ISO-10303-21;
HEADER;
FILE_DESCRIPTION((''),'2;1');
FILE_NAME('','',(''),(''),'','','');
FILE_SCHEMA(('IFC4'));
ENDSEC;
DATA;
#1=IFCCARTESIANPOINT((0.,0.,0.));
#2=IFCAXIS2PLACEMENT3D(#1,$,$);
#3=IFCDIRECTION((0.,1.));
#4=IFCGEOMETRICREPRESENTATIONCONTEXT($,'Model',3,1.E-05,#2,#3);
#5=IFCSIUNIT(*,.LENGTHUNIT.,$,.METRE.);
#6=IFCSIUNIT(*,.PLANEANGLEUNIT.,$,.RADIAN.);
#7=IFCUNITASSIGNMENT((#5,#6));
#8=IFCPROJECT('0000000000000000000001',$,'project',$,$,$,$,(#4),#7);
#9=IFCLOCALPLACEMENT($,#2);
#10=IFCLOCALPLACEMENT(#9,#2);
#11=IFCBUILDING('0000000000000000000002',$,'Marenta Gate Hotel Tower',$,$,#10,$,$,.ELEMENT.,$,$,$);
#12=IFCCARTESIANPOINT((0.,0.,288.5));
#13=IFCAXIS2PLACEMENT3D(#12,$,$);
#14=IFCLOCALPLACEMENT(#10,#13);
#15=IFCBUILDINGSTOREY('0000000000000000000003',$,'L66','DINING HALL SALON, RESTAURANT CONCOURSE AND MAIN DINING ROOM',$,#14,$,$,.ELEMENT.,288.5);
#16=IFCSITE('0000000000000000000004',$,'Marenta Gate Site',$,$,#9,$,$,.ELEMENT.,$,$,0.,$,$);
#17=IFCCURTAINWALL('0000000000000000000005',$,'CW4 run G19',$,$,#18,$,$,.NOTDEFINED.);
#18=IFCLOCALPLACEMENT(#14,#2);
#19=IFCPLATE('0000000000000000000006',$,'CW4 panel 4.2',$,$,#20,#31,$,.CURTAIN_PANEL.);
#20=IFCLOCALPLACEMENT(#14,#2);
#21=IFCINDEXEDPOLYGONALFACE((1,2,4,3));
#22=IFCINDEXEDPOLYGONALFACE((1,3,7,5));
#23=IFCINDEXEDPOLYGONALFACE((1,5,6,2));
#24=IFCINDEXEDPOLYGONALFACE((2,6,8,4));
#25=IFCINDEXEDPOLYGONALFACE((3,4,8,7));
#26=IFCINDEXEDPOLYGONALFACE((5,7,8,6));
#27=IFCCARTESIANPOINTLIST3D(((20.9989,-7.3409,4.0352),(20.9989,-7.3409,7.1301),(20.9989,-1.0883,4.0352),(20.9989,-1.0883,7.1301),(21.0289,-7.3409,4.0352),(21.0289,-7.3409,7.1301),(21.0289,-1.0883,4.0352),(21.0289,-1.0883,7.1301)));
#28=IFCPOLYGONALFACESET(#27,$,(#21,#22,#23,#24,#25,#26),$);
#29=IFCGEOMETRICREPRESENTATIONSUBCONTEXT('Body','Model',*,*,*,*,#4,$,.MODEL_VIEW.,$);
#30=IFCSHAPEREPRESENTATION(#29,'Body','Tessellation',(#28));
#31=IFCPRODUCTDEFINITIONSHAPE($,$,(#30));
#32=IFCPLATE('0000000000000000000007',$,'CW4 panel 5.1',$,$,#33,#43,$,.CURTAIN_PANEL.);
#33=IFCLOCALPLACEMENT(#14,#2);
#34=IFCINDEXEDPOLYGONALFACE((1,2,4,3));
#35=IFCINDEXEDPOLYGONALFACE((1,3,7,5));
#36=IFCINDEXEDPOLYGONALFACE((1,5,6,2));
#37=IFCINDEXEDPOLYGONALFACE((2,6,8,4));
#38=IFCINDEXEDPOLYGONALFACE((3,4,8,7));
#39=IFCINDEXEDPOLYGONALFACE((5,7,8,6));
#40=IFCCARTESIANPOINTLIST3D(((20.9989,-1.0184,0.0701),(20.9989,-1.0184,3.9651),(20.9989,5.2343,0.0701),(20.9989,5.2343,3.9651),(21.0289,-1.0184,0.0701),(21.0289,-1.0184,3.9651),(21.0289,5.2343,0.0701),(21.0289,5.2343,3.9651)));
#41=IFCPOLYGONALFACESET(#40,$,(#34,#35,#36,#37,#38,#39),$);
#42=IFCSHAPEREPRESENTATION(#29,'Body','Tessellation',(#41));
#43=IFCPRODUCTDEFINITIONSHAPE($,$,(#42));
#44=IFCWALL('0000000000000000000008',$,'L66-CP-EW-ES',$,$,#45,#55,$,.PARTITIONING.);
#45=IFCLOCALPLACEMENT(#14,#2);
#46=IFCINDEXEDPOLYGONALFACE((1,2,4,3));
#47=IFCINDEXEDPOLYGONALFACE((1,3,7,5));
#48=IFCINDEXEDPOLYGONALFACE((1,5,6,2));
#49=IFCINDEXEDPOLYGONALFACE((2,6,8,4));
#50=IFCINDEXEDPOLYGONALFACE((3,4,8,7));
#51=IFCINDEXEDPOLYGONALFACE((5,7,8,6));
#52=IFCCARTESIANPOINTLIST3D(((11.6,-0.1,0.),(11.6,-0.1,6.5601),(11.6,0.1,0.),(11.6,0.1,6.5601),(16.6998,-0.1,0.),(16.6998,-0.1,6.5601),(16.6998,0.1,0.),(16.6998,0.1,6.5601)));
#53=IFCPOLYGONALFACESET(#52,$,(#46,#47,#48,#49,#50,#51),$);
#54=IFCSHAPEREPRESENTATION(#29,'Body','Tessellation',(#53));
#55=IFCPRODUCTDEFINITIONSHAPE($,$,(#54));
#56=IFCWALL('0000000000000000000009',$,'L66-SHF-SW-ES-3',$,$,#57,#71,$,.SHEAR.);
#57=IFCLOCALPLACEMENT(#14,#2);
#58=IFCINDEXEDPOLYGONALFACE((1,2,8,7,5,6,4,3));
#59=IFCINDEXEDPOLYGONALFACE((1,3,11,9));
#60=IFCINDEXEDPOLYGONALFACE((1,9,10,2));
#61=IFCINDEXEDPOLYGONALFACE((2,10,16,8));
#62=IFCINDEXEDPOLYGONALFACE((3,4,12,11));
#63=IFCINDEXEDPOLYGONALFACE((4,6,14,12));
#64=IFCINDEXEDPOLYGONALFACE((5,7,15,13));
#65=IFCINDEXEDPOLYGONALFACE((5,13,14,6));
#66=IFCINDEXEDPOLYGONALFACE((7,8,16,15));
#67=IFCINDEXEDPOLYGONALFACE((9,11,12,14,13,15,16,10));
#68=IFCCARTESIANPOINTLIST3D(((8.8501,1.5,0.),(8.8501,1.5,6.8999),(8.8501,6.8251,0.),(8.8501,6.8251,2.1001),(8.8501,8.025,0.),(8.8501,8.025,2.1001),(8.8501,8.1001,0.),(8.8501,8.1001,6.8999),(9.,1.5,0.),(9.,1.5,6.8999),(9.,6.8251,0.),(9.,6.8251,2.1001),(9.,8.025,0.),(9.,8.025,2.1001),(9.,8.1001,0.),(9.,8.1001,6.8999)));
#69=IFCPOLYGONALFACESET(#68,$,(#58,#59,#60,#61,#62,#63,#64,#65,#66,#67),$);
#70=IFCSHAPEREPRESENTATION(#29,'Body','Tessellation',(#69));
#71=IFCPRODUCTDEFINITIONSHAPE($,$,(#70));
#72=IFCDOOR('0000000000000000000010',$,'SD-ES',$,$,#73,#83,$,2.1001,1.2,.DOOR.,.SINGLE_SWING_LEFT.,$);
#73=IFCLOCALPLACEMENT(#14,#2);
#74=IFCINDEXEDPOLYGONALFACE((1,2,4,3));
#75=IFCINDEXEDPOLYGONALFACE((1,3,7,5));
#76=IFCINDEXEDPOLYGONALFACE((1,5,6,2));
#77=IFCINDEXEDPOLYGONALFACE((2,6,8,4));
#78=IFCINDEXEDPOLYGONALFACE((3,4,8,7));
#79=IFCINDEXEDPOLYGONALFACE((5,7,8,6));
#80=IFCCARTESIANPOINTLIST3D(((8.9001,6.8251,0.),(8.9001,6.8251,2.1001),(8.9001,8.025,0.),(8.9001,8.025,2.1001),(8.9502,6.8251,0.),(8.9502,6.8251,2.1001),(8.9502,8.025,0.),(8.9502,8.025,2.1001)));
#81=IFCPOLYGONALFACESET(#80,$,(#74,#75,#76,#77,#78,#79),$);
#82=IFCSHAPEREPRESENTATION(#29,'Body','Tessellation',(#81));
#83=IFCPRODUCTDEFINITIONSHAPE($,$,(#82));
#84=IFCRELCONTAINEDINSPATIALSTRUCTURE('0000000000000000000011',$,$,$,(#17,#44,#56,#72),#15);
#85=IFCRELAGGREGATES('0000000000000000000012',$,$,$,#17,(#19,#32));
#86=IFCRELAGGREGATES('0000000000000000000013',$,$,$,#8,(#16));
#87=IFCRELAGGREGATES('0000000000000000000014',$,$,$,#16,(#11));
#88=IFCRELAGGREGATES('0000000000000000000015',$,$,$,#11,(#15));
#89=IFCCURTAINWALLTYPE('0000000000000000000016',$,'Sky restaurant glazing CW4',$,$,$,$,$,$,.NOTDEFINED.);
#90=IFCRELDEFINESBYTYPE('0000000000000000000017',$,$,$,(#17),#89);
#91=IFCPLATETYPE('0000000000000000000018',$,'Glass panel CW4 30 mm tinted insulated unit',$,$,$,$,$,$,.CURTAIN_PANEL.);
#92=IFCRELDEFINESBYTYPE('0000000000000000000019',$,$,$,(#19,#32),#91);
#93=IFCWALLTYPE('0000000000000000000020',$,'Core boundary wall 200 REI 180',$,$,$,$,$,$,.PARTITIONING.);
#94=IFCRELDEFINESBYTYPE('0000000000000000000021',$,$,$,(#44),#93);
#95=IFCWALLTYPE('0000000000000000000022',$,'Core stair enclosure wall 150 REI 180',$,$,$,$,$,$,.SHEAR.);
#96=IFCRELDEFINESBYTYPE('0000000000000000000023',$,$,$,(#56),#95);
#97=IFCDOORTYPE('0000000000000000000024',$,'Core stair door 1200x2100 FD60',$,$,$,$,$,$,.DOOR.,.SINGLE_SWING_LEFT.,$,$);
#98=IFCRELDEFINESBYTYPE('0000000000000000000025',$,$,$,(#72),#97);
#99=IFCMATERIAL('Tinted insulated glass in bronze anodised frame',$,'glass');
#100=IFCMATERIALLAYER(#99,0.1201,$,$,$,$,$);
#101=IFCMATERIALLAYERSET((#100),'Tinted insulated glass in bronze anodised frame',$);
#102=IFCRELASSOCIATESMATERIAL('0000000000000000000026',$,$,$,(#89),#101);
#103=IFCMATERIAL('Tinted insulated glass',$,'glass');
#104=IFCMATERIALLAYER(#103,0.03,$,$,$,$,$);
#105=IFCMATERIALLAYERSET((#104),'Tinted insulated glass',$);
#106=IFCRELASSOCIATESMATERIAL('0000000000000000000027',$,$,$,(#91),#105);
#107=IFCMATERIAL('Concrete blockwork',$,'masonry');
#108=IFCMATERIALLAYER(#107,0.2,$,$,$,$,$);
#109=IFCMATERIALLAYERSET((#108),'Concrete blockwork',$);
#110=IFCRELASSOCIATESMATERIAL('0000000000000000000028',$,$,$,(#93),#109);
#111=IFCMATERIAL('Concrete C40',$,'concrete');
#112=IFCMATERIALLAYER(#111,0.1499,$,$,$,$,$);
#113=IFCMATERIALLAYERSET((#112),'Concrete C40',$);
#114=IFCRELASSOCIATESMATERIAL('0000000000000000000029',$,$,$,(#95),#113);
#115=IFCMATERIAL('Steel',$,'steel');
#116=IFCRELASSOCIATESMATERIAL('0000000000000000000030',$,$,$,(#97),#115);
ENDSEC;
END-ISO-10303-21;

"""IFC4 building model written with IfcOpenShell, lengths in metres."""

from ifc_helpers import new_model, si_unit, direction, frame, frame_2d, origin, origin_2d, place, context, subcontext, project, spatial, rectangle, extrude, material, layer, layer_set, type_object, element, fill, aggregate, save


model = new_model("IFC4")

# Units and contexts
model_context = context("Model", 3, precision=1e-05, world=origin(), true_north=direction((0.0, 1.0)))
body_context = subcontext(model_context, "Body", "Model", "MODEL_VIEW")
ifc_project = project(units=[si_unit("LENGTHUNIT", "METRE"), si_unit("PLANEANGLEUNIT", "RADIAN")], contexts=[model_context])

# Site, building, storey
site_placement = place(None, origin())
site = spatial("IfcSite", under=ifc_project, at=site_placement, Name="Marenta Gate Site", CompositionType="ELEMENT", RefElevation=0.0)
building_placement = place(site_placement, origin())
building = spatial("IfcBuilding", under=site, at=building_placement, Name="Marenta Gate Hotel Tower", CompositionType="ELEMENT")
storey_placement = place(building_placement, frame((0.0, 0.0, 288.5)))
storey = spatial("IfcBuildingStorey", under=building, at=storey_placement, Name="L66", Description="DINING HALL SALON, RESTAURANT CONCOURSE AND MAIN DINING ROOM", CompositionType="ELEMENT", Elevation=288.5)

# Curtain wall, plates
ifc_material_1 = material(Name="Tinted insulated glass in bronze anodised frame", Category="glass")
ifc_layer_1 = layer(ifc_material_1, 0.1201)
ifc_layer_set_1 = layer_set([ifc_layer_1], Name="Tinted insulated glass in bronze anodised frame")
curtain_wall_type = type_object("IfcCurtainWallType", Name="Sky restaurant glazing CW4", PredefinedType="NOTDEFINED", material=ifc_layer_set_1)
curtain_wall_placement = place(storey_placement, origin())
curtain_wall = element("IfcCurtainWall", 1, at=curtain_wall_placement, inside=storey, type_object=curtain_wall_type, Name="CW4 run G19", PredefinedType="NOTDEFINED")
ifc_material_2 = material(Name="Tinted insulated glass", Category="glass")
ifc_layer_2 = layer(ifc_material_2, 0.03)
ifc_layer_set_2 = layer_set([ifc_layer_2], Name="Tinted insulated glass")
plate_type = type_object("IfcPlateType", Name="Glass panel CW4 30 mm tinted insulated unit", PredefinedType="CURTAIN_PANEL", material=ifc_layer_set_2)
plate_1_placement = place(storey_placement, frame((21.0139, -4.2146, 4.0352), z_axis=(0.0, 0.0, 1.0), x_axis=(0.0, 1.0, 0.0)))
plate_1 = element("IfcPlate", 2, at=plate_1_placement, type_object=plate_type, Name="CW4 panel 4.2", PredefinedType="CURTAIN_PANEL", context=body_context, shape_type="SweptSolid", body=[
    extrude(rectangle(XDim=6.2527, YDim=0.03, at=origin_2d()), origin(), (0.0, 0.0, 1.0), 3.095),
])
plate_2_placement = place(storey_placement, frame((21.0139, 2.1079, 0.0701), z_axis=(0.0, 0.0, 1.0), x_axis=(0.0, 1.0, 0.0)))
plate_2 = element("IfcPlate", 3, at=plate_2_placement, type_object=plate_type, Name="CW4 panel 5.1", PredefinedType="CURTAIN_PANEL", context=body_context, shape_type="SweptSolid", body=[
    extrude(rectangle(XDim=6.2527, YDim=0.03, at=origin_2d()), origin(), (0.0, 0.0, 1.0), 3.895),
])
aggregate(curtain_wall, [plate_1, plate_2])

# Shared definitions
ifc_material_3 = material(Name="Concrete blockwork", Category="masonry")
ifc_layer_3 = layer(ifc_material_3, 0.2)
ifc_layer_set_3 = layer_set([ifc_layer_3], Name="Concrete blockwork")
wall_type_1 = type_object("IfcWallType", Name="Core boundary wall 200 REI 180", PredefinedType="PARTITIONING", material=ifc_layer_set_3)

# Wall
wall_1_placement = place(storey_placement, frame((11.6001, 0.0, 0.0), z_axis=(0.0, 0.0, 1.0), x_axis=(1.0, 0.0, 0.0)))
element("IfcWall", 4, at=wall_1_placement, inside=storey, type_object=wall_type_1, Name="L66-CP-EW-ES", PredefinedType="PARTITIONING", context=body_context, shape_type="SweptSolid", body=[
    extrude(rectangle(XDim=5.0999, YDim=0.2, at=frame_2d((2.5498, 0.0))), origin(), (0.0, 0.0, 1.0), 6.5601),
])

# Wall, opening, door
ifc_material_4 = material(Name="Concrete C40", Category="concrete")
ifc_layer_4 = layer(ifc_material_4, 0.1499)
ifc_layer_set_4 = layer_set([ifc_layer_4], Name="Concrete C40")
wall_type_2 = type_object("IfcWallType", Name="Core stair enclosure wall 150 REI 180", PredefinedType="SHEAR", material=ifc_layer_set_4)
wall_2_placement = place(storey_placement, frame((8.925, 1.5, 0.0), z_axis=(0.0, 0.0, 1.0), x_axis=(0.0, 1.0, 0.0)))
wall_2 = element("IfcWall", 5, at=wall_2_placement, inside=storey, type_object=wall_type_2, Name="L66-SHF-SW-ES-3", PredefinedType="SHEAR", context=body_context, shape_type="SweptSolid", body=[
    extrude(rectangle(XDim=6.6001, YDim=0.1499, at=frame_2d((3.3, 0.0))), origin(), (0.0, 0.0, 1.0), 6.8999),
])
opening_1_placement = place(wall_2_placement, frame((5.325, 0.0, 0.0)))
opening_1 = element("IfcOpeningElement", 6, at=opening_1_placement, cuts=wall_2, PredefinedType="OPENING", context=body_context, shape_type="SweptSolid", body=[
    extrude(rectangle(XDim=1.2, YDim=2.1001, at=frame_2d((0.6001, 1.05))), frame((0.0, 0.075, 0.0), z_axis=(0.0, -1.0, 0.0), x_axis=(1.0, 0.0, 0.0)), (0.0, 0.0, 1.0), 0.1499),
])
ifc_material_5 = material(Name="Steel", Category="steel")
door_type_1 = type_object("IfcDoorType", Name="Core stair door 1200x2100 FD60", OperationType="SINGLE_SWING_LEFT", PredefinedType="DOOR", material=ifc_material_5)
door_1_placement = place(opening_1_placement, origin())
door_1 = element("IfcDoor", 7, at=door_1_placement, inside=storey, type_object=door_type_1, Name="SD-ES", OperationType="SINGLE_SWING_LEFT", OverallHeight=2.1001, OverallWidth=1.2, PredefinedType="DOOR", context=body_context, shape_type="SweptSolid", body=[
    extrude(rectangle(XDim=1.2, YDim=2.1001, at=frame_2d((0.6001, 1.05))), frame((0.0, 0.0249, 0.0), z_axis=(0.0, -1.0, 0.0), x_axis=(1.0, 0.0, 0.0)), (0.0, 0.0, 1.0), 0.05),
])
fill(opening_1, door_1)

save(model, "model.ifc")
